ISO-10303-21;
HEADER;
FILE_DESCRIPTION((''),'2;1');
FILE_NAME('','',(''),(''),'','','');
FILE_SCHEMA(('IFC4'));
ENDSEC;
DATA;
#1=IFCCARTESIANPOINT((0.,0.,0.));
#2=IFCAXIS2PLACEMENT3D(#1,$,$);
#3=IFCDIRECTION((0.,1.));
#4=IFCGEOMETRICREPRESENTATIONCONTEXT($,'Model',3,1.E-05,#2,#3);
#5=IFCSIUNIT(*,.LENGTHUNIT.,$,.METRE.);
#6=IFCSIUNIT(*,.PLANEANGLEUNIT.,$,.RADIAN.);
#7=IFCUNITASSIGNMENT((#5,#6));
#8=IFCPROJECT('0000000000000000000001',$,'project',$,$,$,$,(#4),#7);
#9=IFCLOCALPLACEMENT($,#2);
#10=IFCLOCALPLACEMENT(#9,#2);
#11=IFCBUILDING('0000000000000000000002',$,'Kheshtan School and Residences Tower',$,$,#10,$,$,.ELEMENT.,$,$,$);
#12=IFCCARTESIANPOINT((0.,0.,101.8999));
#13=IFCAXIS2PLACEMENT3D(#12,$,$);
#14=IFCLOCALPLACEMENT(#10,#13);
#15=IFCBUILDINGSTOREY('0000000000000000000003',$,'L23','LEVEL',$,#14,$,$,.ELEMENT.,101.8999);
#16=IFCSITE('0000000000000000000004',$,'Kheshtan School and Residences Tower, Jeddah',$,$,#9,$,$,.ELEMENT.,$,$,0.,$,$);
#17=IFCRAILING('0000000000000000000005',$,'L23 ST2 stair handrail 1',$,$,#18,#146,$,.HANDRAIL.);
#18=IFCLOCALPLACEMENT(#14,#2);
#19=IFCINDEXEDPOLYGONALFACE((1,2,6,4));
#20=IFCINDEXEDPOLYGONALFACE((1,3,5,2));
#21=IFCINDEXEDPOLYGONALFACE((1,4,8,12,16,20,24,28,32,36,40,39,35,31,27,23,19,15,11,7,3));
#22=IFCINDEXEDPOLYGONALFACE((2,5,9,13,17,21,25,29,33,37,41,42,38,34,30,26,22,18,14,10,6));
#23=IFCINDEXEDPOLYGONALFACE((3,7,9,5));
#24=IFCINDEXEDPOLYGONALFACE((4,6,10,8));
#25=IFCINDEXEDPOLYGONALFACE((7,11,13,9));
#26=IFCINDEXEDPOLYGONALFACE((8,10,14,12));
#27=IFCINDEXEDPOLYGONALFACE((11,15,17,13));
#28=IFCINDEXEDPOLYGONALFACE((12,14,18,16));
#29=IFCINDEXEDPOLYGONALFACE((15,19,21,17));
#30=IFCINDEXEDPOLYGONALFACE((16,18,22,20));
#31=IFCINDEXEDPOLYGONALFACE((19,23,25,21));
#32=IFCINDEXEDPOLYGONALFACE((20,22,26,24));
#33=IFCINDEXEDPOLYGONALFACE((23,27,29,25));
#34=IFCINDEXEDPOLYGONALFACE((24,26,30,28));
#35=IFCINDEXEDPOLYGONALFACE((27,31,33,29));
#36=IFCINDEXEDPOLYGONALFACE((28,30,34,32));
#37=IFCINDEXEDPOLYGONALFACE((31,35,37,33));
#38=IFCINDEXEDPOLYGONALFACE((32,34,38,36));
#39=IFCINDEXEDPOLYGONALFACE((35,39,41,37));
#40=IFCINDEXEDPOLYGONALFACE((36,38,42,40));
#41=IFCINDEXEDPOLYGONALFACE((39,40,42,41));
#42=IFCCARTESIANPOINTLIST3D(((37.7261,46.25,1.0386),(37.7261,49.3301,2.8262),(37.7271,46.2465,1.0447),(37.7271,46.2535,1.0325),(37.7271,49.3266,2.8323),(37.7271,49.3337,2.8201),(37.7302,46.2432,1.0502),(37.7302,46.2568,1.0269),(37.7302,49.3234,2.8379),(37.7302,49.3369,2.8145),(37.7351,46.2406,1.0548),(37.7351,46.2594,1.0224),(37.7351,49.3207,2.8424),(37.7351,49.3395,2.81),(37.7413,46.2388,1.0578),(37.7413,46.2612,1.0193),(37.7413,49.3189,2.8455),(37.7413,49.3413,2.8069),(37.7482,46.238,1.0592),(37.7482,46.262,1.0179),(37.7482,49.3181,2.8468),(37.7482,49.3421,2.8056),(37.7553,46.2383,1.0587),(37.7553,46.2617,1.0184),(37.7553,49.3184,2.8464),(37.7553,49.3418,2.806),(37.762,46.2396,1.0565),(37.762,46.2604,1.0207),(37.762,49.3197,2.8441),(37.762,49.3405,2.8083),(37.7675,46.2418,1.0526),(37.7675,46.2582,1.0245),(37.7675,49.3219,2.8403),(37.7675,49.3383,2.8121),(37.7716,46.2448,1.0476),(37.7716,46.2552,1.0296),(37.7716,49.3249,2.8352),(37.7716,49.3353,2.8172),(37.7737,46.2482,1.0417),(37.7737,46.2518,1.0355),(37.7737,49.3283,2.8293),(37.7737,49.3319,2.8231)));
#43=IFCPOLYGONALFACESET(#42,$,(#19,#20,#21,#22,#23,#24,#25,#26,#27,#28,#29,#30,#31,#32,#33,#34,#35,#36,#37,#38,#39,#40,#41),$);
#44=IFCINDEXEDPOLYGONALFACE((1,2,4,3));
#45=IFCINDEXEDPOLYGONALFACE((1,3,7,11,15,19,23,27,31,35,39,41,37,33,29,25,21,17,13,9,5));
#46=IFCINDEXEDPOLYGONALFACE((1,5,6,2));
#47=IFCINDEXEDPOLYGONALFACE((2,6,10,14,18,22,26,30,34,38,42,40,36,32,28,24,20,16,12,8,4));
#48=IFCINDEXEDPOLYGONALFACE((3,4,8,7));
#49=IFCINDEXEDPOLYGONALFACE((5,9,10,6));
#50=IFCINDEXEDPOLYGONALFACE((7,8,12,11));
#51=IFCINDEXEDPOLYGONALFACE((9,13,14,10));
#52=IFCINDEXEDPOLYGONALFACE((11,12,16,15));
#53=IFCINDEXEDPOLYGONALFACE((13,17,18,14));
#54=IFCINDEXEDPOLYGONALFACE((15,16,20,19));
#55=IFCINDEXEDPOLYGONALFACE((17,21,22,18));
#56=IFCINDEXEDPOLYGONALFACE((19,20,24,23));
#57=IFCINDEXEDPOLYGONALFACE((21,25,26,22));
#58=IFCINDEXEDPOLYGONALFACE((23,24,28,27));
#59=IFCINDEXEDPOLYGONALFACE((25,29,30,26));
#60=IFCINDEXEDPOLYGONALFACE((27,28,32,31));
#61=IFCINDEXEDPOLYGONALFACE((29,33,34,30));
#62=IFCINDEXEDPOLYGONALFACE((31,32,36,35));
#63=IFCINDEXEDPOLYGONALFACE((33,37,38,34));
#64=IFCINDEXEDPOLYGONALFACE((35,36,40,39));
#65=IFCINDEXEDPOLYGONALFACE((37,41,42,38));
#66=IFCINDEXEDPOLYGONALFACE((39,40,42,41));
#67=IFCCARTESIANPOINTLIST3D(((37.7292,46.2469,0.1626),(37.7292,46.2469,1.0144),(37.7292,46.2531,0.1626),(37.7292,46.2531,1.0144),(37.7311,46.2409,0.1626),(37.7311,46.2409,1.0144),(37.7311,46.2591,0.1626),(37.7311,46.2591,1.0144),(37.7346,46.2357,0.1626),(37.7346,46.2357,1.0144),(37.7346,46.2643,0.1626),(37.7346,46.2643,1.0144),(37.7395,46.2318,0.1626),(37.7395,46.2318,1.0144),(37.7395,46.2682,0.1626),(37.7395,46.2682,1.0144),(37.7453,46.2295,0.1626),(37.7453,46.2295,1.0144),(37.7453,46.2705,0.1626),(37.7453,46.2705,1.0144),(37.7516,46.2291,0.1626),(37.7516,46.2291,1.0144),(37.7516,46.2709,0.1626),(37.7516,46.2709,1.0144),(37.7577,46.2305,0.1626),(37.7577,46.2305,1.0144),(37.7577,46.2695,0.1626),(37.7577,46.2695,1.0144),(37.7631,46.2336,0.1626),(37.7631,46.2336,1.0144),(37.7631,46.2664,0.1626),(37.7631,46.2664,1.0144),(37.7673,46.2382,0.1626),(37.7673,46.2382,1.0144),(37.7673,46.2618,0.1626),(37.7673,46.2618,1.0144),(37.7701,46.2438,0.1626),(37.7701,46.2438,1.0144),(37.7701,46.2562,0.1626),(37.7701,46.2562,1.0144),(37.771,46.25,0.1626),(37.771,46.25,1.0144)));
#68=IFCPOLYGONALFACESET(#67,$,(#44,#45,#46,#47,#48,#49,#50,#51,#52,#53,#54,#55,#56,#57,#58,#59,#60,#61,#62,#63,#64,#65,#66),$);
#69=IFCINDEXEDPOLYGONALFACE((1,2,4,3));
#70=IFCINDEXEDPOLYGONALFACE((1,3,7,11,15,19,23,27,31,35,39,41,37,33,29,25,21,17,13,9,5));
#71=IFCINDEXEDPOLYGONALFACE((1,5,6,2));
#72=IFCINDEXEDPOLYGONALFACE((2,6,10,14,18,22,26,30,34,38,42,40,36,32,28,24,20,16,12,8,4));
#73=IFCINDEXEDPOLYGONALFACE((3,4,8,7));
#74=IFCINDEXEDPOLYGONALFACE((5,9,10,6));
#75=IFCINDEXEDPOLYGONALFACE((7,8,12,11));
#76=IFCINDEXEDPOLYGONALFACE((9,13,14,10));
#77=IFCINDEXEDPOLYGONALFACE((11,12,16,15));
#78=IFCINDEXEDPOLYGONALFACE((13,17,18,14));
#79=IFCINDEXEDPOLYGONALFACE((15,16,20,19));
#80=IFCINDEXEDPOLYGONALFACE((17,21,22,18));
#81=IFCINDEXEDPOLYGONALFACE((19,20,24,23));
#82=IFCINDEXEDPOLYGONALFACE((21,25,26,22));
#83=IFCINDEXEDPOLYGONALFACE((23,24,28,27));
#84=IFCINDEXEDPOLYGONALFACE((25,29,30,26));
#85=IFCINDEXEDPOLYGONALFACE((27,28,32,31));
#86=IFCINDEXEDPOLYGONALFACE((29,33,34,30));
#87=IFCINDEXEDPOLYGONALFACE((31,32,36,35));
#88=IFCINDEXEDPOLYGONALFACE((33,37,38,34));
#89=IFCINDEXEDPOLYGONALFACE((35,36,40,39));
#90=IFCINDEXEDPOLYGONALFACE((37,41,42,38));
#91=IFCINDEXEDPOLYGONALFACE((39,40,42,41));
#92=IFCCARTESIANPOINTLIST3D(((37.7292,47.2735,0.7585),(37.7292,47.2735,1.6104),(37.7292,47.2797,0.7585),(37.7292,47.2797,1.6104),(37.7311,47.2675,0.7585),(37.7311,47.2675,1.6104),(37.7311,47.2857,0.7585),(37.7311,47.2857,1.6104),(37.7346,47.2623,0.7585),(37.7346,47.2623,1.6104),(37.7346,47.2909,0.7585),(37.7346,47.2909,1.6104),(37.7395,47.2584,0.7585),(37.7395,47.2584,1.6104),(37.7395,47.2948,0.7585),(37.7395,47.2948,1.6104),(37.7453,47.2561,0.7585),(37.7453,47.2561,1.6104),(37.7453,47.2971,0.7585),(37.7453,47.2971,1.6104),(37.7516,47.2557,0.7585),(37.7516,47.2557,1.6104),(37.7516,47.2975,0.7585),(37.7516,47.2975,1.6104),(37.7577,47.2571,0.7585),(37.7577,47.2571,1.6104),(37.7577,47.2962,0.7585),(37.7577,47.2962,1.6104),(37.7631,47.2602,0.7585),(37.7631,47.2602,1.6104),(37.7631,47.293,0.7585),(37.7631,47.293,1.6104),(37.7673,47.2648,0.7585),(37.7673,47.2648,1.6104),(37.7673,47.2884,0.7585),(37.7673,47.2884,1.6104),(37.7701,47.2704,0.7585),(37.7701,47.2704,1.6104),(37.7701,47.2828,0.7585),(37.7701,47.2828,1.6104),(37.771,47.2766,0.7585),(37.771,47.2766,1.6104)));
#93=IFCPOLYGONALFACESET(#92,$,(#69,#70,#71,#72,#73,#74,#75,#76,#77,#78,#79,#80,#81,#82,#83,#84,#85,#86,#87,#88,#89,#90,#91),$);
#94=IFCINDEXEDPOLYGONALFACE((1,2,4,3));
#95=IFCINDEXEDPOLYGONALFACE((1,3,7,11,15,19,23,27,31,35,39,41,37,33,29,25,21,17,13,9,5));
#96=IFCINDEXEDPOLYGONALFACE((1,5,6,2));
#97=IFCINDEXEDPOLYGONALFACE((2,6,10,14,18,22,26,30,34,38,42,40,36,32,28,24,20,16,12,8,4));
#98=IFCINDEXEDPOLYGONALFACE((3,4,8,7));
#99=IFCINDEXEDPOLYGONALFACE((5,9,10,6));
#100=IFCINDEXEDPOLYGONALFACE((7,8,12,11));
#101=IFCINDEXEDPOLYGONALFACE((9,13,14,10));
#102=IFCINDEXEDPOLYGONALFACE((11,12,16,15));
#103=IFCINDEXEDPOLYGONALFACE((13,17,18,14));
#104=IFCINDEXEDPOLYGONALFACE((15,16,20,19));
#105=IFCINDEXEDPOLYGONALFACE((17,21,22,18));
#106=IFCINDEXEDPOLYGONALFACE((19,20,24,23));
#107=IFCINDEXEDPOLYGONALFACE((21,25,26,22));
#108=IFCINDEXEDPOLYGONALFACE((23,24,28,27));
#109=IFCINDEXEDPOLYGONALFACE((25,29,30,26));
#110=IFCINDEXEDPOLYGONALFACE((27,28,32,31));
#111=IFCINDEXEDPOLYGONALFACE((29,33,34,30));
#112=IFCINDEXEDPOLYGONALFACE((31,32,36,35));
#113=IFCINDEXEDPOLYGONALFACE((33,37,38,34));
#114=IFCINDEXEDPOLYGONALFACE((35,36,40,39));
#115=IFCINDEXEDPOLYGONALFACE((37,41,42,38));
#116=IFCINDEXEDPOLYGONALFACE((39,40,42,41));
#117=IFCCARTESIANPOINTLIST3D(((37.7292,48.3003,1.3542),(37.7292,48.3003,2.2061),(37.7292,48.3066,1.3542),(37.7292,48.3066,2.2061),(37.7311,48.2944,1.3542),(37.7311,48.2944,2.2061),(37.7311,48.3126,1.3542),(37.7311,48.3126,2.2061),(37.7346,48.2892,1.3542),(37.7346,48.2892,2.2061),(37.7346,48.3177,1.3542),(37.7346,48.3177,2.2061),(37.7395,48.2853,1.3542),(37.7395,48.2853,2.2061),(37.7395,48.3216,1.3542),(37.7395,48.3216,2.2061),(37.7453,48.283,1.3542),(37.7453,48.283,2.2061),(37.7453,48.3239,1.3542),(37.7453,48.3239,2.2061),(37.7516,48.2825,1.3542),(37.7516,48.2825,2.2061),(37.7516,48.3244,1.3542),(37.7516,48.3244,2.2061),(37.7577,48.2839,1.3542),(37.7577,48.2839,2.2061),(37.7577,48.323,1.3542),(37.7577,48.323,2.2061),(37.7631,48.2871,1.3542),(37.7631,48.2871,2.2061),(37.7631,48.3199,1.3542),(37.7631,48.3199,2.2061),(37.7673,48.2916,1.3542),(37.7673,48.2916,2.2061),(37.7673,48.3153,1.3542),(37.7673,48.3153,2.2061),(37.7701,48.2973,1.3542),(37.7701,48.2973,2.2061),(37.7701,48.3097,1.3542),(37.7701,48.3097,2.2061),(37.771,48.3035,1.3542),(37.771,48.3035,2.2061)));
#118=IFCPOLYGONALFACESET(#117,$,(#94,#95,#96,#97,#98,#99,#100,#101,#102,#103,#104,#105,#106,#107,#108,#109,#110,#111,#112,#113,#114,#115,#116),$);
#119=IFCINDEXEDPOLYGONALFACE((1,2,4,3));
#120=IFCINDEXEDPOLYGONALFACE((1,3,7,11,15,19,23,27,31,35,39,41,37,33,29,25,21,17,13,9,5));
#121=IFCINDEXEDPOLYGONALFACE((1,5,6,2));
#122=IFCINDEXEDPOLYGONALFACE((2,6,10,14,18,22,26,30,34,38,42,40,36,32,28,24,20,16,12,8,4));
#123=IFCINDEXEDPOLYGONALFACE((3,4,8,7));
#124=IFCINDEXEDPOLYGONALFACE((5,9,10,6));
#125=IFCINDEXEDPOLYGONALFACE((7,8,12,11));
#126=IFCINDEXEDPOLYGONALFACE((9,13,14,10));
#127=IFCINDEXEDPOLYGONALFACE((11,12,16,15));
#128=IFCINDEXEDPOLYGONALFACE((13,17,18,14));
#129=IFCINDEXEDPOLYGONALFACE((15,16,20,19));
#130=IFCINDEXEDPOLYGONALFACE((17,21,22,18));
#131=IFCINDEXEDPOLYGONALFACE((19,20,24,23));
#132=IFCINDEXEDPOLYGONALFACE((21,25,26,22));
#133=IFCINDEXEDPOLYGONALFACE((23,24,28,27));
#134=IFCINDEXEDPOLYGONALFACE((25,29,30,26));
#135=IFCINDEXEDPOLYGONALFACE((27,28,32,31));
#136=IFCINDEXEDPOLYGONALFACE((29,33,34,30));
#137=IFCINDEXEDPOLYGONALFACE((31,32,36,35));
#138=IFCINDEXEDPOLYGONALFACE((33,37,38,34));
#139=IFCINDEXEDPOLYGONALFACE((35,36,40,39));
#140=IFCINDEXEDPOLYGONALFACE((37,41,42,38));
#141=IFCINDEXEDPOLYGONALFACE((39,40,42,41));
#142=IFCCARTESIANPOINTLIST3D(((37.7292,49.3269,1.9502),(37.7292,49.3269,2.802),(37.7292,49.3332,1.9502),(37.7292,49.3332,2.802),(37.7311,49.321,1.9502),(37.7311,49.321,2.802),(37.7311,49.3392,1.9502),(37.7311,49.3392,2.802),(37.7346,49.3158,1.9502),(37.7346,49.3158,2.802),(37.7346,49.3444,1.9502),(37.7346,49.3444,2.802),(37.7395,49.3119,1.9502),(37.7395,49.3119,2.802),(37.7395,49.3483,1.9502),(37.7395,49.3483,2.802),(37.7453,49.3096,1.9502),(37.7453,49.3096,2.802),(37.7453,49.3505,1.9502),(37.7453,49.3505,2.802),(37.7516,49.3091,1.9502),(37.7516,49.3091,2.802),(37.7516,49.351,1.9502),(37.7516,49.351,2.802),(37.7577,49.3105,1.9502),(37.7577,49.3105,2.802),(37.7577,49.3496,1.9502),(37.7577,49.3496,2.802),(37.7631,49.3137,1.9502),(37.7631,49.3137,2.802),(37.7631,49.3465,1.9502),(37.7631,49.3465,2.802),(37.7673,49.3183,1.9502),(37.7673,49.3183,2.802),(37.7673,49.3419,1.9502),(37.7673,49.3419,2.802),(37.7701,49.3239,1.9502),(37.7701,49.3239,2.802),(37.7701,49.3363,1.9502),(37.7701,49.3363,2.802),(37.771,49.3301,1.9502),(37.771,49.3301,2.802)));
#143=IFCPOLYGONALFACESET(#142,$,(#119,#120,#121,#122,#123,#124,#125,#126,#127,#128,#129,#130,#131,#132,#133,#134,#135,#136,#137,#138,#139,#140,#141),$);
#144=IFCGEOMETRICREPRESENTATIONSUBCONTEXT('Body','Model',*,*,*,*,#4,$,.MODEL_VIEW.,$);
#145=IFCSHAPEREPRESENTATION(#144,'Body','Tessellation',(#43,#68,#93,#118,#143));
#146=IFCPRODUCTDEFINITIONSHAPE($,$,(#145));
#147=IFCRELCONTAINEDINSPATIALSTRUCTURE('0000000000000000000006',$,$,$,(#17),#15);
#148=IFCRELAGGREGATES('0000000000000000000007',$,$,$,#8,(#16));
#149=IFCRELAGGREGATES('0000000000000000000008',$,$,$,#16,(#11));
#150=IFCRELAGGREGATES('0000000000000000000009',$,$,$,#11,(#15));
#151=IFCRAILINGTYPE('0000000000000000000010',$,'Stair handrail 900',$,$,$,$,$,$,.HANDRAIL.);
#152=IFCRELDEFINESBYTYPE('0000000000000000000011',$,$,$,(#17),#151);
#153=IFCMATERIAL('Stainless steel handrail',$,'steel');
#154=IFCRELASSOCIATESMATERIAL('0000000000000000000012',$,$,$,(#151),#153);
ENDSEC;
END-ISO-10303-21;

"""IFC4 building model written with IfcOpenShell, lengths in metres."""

from ifc_helpers import new_model, si_unit, direction, frame, origin, origin_2d, place, context, subcontext, project, spatial, circle, extrude, material, type_object, element, save


model = new_model("IFC4")

# Units and contexts
model_context = context("Model", 3, precision=1e-05, world=origin(), true_north=direction((0.0, 1.0)))
body_context = subcontext(model_context, "Body", "Model", "MODEL_VIEW")
ifc_project = project(units=[si_unit("LENGTHUNIT", "METRE"), si_unit("PLANEANGLEUNIT", "RADIAN")], contexts=[model_context])

# Site, building, storey
site_placement = place(None, origin())
site = spatial("IfcSite", under=ifc_project, at=site_placement, Name="Kheshtan School and Residences Tower, Jeddah", CompositionType="ELEMENT", RefElevation=0.0)
building_placement = place(site_placement, origin())
building = spatial("IfcBuilding", under=site, at=building_placement, Name="Kheshtan School and Residences Tower", CompositionType="ELEMENT")
storey_placement = place(building_placement, frame((0.0, 0.0, 101.8999)))
storey = spatial("IfcBuildingStorey", under=building, at=storey_placement, Name="L23", Description="LEVEL", CompositionType="ELEMENT", Elevation=101.8999)

# Railing
ifc_material_1 = material(Name="Stainless steel handrail", Category="steel")
railing_type_1 = type_object("IfcRailingType", Name="Stair handrail 900", PredefinedType="HANDRAIL", material=ifc_material_1)
railing_1_placement = place(storey_placement, frame((37.75, 46.25, 0.1626)))
element("IfcRailing", 1, at=railing_1_placement, inside=storey, type_object=railing_type_1, Name="L23 ST2 stair handrail 1", PredefinedType="HANDRAIL", context=body_context, shape_type="SweptSolid", body=[
    extrude(circle(Radius=0.0239, at=origin_2d()), frame((0.0, 0.0, 0.876), z_axis=(0.0, 0.864891, 0.50196), x_axis=(-1.0, 0.0, 0.0)), (0.0, 0.0, 1.0), 3.5613),
    extrude(circle(Radius=0.021, at=origin_2d()), origin(), (0.0, 0.0, 1.0), 0.8518),
    extrude(circle(Radius=0.021, at=origin_2d()), frame((0.0, 1.0266, 0.5959)), (0.0, 0.0, 1.0), 0.8518),
    extrude(circle(Radius=0.021, at=origin_2d()), frame((0.0, 2.0535, 1.1917)), (0.0, 0.0, 1.0), 0.8518),
    extrude(circle(Radius=0.021, at=origin_2d()), frame((0.0, 3.0801, 1.7876)), (0.0, 0.0, 1.0), 0.8518),
])

save(model, "model.ifc")
